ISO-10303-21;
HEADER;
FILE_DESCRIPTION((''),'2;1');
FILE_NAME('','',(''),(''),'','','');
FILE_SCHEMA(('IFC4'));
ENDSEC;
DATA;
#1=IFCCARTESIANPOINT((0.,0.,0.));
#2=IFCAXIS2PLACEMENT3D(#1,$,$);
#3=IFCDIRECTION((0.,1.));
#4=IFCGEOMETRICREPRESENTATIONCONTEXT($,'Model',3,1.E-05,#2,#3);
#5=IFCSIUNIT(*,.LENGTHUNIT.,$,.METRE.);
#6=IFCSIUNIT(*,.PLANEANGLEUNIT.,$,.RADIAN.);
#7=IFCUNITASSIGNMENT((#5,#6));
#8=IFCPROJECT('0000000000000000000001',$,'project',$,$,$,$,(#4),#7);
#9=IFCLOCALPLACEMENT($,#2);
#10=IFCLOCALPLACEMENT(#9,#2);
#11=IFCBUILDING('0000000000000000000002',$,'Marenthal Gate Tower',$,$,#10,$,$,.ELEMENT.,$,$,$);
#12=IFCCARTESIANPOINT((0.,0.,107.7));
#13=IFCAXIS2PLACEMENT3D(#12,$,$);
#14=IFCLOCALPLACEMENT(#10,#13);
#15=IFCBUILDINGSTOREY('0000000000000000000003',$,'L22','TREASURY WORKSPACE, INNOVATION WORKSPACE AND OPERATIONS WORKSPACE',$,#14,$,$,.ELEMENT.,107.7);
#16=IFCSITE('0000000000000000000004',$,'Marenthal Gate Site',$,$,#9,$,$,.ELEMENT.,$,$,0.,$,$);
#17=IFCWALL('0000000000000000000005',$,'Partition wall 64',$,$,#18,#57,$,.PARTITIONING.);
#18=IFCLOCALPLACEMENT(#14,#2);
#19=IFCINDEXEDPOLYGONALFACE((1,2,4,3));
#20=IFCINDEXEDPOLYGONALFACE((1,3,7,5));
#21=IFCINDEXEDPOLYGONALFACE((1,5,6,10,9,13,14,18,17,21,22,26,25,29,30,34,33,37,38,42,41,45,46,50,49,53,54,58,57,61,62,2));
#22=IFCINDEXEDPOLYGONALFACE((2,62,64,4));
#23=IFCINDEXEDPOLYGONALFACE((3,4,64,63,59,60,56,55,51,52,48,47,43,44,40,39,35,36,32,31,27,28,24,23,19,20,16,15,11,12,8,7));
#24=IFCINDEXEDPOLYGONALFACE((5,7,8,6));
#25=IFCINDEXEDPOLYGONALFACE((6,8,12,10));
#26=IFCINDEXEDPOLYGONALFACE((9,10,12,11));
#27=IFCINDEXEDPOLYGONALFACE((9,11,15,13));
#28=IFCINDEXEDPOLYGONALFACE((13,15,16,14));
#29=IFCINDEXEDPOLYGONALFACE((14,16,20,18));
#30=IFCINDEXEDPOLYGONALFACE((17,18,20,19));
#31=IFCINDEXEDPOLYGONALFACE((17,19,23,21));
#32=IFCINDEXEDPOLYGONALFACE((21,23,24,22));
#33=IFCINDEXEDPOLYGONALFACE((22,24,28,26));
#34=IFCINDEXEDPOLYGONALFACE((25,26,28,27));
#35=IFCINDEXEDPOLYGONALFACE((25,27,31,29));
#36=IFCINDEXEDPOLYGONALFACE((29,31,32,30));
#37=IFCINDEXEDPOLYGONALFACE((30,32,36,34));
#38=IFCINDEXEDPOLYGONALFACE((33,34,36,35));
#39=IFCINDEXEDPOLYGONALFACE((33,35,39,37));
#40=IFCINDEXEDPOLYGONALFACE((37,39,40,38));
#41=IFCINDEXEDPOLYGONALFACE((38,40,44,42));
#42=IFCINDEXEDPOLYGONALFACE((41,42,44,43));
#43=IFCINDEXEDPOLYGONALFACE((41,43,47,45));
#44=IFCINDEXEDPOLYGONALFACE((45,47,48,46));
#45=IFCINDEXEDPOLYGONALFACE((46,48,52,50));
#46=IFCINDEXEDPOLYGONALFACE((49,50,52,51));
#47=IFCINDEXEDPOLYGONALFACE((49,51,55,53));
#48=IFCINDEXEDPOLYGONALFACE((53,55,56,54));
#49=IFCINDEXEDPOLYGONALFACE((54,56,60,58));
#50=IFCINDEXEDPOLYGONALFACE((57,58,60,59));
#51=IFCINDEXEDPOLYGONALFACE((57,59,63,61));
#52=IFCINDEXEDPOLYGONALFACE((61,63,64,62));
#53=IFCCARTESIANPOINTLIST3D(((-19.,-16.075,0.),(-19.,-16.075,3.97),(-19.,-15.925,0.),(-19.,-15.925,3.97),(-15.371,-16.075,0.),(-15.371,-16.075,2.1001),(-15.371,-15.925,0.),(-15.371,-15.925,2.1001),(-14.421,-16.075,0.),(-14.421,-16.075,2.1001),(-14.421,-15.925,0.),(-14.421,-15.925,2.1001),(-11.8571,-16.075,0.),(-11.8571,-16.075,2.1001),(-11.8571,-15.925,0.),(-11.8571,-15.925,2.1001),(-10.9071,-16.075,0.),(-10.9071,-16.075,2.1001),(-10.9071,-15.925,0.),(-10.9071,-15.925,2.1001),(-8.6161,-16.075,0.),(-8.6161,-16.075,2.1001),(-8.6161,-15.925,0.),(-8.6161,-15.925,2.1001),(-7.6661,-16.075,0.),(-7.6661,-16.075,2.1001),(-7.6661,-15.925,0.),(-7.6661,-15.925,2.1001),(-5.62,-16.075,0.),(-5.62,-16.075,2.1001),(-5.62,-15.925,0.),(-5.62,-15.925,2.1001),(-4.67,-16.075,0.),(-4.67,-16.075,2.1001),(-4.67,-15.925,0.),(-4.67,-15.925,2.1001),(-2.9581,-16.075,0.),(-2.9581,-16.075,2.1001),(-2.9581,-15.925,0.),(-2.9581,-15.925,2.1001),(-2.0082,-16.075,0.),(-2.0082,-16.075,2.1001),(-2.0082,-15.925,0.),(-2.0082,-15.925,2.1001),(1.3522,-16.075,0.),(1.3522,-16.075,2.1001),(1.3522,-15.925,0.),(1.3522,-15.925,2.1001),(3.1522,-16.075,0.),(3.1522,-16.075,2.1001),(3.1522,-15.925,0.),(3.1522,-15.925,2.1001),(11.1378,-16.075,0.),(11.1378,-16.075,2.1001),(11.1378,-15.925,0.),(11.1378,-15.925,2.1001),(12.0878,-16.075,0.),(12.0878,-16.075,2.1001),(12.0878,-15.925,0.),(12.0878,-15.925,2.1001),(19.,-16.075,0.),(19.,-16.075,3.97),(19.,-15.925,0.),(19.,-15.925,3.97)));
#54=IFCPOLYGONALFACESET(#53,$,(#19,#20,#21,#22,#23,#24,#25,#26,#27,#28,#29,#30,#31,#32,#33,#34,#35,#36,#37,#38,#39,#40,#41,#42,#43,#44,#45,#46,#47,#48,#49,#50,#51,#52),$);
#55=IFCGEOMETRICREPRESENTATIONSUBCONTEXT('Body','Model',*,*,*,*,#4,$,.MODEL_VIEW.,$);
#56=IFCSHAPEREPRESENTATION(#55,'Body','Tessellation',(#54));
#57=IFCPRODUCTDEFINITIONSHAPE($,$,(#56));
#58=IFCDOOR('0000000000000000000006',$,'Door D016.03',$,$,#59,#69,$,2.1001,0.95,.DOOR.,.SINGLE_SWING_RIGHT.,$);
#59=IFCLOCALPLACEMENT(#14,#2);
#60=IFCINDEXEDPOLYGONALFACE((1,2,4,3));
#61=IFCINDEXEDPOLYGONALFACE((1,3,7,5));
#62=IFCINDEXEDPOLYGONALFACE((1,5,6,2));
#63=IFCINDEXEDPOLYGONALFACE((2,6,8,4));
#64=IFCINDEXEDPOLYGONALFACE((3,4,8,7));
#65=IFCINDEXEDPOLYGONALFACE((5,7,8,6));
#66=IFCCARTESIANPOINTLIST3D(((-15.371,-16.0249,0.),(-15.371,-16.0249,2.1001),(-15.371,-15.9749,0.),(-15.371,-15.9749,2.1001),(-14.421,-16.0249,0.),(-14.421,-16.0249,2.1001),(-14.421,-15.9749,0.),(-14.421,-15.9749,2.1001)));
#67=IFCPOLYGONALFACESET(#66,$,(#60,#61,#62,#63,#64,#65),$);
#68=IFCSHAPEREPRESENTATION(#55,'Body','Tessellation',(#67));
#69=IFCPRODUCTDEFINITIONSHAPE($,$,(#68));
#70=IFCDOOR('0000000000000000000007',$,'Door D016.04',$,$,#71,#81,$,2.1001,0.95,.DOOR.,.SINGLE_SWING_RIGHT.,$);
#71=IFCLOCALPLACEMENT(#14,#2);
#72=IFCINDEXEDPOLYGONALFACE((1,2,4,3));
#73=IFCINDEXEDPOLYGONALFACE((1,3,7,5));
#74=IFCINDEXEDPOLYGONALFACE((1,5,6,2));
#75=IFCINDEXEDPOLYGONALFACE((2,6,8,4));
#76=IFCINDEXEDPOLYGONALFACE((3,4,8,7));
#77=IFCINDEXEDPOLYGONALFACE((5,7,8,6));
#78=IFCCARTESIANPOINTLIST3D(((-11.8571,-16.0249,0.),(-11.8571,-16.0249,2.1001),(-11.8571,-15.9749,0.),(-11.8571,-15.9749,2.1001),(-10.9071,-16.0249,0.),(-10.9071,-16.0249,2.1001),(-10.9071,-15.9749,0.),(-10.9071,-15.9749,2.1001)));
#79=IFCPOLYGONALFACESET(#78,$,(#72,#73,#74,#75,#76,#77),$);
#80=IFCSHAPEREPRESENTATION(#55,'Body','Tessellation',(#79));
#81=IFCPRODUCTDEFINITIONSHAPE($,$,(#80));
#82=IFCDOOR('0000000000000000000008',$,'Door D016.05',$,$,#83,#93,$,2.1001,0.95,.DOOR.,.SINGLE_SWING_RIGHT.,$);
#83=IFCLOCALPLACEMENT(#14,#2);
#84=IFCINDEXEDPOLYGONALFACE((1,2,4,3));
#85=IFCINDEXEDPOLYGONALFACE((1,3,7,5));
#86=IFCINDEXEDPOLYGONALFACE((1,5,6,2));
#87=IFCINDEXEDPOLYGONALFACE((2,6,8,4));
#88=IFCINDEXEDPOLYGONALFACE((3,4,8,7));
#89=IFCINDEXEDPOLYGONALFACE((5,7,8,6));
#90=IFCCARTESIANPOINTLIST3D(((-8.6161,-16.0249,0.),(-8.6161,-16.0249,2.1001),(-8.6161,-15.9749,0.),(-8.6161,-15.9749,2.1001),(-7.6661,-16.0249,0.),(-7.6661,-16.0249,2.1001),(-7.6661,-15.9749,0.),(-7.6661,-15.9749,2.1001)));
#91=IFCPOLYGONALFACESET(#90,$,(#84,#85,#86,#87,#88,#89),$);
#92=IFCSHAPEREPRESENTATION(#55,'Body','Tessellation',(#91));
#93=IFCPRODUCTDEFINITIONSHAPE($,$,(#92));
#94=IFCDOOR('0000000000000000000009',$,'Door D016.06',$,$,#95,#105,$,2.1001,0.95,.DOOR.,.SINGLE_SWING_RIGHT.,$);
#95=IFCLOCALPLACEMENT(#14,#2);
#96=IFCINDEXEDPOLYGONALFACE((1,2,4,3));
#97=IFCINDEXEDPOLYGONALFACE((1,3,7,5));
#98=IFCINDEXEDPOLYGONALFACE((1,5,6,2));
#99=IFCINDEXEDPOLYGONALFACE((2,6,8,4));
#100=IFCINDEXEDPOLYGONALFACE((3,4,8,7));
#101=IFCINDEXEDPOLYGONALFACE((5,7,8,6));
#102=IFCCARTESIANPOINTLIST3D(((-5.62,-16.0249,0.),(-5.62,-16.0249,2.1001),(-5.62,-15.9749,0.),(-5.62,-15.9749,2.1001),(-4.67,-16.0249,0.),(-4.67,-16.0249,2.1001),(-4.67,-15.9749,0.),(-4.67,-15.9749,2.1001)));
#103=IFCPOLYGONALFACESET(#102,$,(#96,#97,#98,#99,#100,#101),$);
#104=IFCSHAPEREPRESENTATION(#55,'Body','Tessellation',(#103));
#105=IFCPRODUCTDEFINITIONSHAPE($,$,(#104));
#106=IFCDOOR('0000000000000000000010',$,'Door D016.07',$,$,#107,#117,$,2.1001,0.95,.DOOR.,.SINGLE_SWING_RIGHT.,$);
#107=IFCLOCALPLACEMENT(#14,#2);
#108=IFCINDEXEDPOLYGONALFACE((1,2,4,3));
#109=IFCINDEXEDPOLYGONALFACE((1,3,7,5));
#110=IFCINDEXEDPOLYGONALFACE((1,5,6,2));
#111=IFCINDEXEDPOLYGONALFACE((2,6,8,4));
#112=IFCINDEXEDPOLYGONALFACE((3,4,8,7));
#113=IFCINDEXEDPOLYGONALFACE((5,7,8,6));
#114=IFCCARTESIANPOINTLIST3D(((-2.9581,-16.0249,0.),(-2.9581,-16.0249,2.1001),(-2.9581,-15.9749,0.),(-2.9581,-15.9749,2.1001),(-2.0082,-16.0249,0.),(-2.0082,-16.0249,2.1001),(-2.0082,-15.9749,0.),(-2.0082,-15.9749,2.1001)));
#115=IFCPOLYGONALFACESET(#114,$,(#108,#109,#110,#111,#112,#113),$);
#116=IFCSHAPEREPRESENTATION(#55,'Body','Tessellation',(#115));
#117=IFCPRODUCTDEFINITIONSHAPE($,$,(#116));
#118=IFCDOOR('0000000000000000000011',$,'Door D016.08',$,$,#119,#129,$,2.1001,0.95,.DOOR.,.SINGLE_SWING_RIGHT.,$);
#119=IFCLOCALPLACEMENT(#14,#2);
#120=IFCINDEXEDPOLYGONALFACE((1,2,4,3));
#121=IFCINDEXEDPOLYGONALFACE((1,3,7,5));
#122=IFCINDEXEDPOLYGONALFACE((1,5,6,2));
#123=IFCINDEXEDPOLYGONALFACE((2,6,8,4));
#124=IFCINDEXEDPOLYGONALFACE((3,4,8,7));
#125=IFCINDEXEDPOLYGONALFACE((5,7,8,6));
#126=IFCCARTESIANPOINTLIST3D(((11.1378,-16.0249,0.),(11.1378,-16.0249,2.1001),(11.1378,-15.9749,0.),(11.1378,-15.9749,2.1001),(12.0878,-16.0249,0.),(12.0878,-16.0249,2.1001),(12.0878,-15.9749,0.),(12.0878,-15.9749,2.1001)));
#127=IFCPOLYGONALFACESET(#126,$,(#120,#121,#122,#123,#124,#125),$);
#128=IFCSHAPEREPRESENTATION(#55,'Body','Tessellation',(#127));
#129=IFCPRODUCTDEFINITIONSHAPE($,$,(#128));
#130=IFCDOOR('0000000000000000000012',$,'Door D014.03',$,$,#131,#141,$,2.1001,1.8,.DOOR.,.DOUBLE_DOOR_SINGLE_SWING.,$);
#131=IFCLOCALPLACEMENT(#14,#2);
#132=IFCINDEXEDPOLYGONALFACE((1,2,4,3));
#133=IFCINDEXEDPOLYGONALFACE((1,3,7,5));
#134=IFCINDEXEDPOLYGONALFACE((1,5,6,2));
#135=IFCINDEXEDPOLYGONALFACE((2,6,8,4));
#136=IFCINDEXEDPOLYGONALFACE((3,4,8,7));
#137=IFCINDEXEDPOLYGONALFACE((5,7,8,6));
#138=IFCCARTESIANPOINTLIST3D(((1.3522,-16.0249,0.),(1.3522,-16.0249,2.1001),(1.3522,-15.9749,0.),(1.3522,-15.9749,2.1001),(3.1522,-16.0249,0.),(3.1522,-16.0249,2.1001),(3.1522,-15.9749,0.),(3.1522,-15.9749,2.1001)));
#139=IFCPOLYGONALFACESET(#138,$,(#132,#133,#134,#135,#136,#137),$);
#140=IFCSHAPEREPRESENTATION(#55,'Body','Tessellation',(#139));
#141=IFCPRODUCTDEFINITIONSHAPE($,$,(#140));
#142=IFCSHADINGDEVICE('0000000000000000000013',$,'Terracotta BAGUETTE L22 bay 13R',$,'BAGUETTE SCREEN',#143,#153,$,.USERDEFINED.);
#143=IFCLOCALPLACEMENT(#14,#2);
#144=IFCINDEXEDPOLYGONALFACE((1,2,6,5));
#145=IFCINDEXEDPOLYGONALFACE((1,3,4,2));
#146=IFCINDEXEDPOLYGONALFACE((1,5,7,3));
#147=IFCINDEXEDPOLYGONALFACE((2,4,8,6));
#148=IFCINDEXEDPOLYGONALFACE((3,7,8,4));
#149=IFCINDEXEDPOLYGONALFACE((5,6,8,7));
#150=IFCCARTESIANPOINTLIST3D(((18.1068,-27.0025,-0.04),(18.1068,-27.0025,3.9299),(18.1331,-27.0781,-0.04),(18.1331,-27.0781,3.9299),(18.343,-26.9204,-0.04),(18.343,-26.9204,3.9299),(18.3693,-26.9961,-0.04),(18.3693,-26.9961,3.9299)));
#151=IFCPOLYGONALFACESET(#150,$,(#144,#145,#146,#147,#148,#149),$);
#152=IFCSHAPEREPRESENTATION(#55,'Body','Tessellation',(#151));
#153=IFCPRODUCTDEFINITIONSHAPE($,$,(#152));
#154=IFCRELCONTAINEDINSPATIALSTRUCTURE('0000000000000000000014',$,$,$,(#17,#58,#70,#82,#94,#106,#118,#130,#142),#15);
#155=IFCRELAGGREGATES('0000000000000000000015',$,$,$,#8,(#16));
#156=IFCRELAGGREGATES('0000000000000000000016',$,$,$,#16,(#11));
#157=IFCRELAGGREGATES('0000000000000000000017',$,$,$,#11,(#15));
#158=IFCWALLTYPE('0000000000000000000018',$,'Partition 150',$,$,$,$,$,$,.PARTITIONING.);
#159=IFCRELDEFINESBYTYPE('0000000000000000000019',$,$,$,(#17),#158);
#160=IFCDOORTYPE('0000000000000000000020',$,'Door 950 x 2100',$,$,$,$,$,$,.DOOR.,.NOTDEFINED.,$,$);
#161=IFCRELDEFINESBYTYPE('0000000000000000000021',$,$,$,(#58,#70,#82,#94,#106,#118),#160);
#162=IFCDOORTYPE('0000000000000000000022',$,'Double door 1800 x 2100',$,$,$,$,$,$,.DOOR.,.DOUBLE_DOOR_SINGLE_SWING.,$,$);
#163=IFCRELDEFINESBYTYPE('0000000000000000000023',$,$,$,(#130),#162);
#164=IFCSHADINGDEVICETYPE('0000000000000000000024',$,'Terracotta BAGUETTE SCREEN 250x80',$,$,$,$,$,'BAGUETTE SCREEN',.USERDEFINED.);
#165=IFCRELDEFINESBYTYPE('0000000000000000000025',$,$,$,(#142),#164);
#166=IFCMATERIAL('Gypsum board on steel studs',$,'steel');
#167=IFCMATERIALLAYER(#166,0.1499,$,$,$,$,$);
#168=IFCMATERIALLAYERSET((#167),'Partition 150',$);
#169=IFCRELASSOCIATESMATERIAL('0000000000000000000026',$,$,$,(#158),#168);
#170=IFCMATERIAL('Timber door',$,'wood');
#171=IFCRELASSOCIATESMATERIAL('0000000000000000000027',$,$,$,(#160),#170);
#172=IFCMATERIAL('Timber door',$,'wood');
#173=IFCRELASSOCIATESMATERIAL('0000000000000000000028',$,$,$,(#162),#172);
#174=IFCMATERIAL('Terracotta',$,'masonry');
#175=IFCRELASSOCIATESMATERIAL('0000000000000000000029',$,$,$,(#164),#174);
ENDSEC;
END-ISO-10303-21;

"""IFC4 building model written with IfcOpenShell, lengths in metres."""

from ifc_helpers import new_model, si_unit, direction, frame, frame_2d, origin, origin_2d, place, context, subcontext, project, spatial, rectangle, extrude, material, layer, layer_set, material_profile, profile_set, type_object, element, fill, save


model = new_model("IFC4")

# Units and contexts
model_context = context("Model", 3, precision=1e-05, world=origin(), true_north=direction((0.0, 1.0)))
body_context = subcontext(model_context, "Body", "Model", "MODEL_VIEW")
ifc_project = project(units=[si_unit("LENGTHUNIT", "METRE"), si_unit("PLANEANGLEUNIT", "RADIAN")], contexts=[model_context])

# Site, building, storey
site_placement = place(None, origin())
site = spatial("IfcSite", under=ifc_project, at=site_placement, Name="Marenthal Gate Site", CompositionType="ELEMENT", RefElevation=0.0)
building_placement = place(site_placement, origin())
building = spatial("IfcBuilding", under=site, at=building_placement, Name="Marenthal Gate Tower", CompositionType="ELEMENT")
storey_placement = place(building_placement, frame((0.0, 0.0, 107.7)))
storey = spatial("IfcBuildingStorey", under=building, at=storey_placement, Name="L22", Description="TREASURY WORKSPACE, INNOVATION WORKSPACE AND OPERATIONS WORKSPACE", CompositionType="ELEMENT", Elevation=107.7)

# Wall, openings, doors
ifc_material_1 = material(Name="Gypsum board on steel studs", Category="steel")
ifc_layer_1 = layer(ifc_material_1, 0.1499)
ifc_layer_set_1 = layer_set([ifc_layer_1], Name="Partition 150")
wall_type_1 = type_object("IfcWallType", Name="Partition 150", PredefinedType="PARTITIONING", material=ifc_layer_set_1)
wall_1_placement = place(storey_placement, frame((19.0, -16.0, 0.0), z_axis=(0.0, 0.0, 1.0), x_axis=(-1.0, 0.0, 0.0)))
wall_1 = element("IfcWall", 1, at=wall_1_placement, inside=storey, type_object=wall_type_1, Name="Partition wall 64", PredefinedType="PARTITIONING", context=body_context, shape_type="SweptSolid", body=[
    extrude(rectangle(XDim=38.0, YDim=0.1499, at=frame_2d((19.0, 0.0))), origin(), (0.0, 0.0, 1.0), 3.97),
])
opening_1_placement = place(wall_1_placement, frame((33.4209, 0.0, 0.0)))
opening_1 = element("IfcOpeningElement", 2, at=opening_1_placement, cuts=wall_1, PredefinedType="OPENING", context=body_context, shape_type="SweptSolid", body=[
    extrude(rectangle(XDim=0.95, YDim=2.1001, at=frame_2d((0.4751, 1.05))), frame((0.0, 0.085, 0.0), z_axis=(0.0, -1.0, 0.0), x_axis=(1.0, 0.0, 0.0)), (0.0, 0.0, 1.0), 0.1699),
])
opening_2_placement = place(wall_1_placement, frame((29.907, 0.0, 0.0)))
opening_2 = element("IfcOpeningElement", 3, at=opening_2_placement, cuts=wall_1, PredefinedType="OPENING", context=body_context, shape_type="SweptSolid", body=[
    extrude(rectangle(XDim=0.95, YDim=2.1001, at=frame_2d((0.4751, 1.05))), frame((0.0, 0.085, 0.0), z_axis=(0.0, -1.0, 0.0), x_axis=(1.0, 0.0, 0.0)), (0.0, 0.0, 1.0), 0.1699),
])
opening_3_placement = place(wall_1_placement, frame((26.666, 0.0, 0.0)))
opening_3 = element("IfcOpeningElement", 4, at=opening_3_placement, cuts=wall_1, PredefinedType="OPENING", context=body_context, shape_type="SweptSolid", body=[
    extrude(rectangle(XDim=0.95, YDim=2.1001, at=frame_2d((0.4751, 1.05))), frame((0.0, 0.085, 0.0), z_axis=(0.0, -1.0, 0.0), x_axis=(1.0, 0.0, 0.0)), (0.0, 0.0, 1.0), 0.1699),
])
opening_4_placement = place(wall_1_placement, frame((23.6699, 0.0, 0.0)))
opening_4 = element("IfcOpeningElement", 5, at=opening_4_placement, cuts=wall_1, PredefinedType="OPENING", context=body_context, shape_type="SweptSolid", body=[
    extrude(rectangle(XDim=0.95, YDim=2.1001, at=frame_2d((0.4751, 1.05))), frame((0.0, 0.085, 0.0), z_axis=(0.0, -1.0, 0.0), x_axis=(1.0, 0.0, 0.0)), (0.0, 0.0, 1.0), 0.1699),
])
opening_5_placement = place(wall_1_placement, frame((21.0081, 0.0, 0.0)))
opening_5 = element("IfcOpeningElement", 6, at=opening_5_placement, cuts=wall_1, PredefinedType="OPENING", context=body_context, shape_type="SweptSolid", body=[
    extrude(rectangle(XDim=0.95, YDim=2.1001, at=frame_2d((0.4751, 1.05))), frame((0.0, 0.085, 0.0), z_axis=(0.0, -1.0, 0.0), x_axis=(1.0, 0.0, 0.0)), (0.0, 0.0, 1.0), 0.1699),
])
opening_6_placement = place(wall_1_placement, frame((6.9121, 0.0, 0.0)))
opening_6 = element("IfcOpeningElement", 7, at=opening_6_placement, cuts=wall_1, PredefinedType="OPENING", context=body_context, shape_type="SweptSolid", body=[
    extrude(rectangle(XDim=0.95, YDim=2.1001, at=frame_2d((0.4751, 1.05))), frame((0.0, 0.085, 0.0), z_axis=(0.0, -1.0, 0.0), x_axis=(1.0, 0.0, 0.0)), (0.0, 0.0, 1.0), 0.1699),
])
opening_7_placement = place(wall_1_placement, frame((15.8479, 0.0, 0.0)))
opening_7 = element("IfcOpeningElement", 8, at=opening_7_placement, cuts=wall_1, PredefinedType="OPENING", context=body_context, shape_type="SweptSolid", body=[
    extrude(rectangle(XDim=1.8, YDim=2.1001, at=frame_2d((0.8999, 1.05))), frame((0.0, 0.085, 0.0), z_axis=(0.0, -1.0, 0.0), x_axis=(1.0, 0.0, 0.0)), (0.0, 0.0, 1.0), 0.1699),
])
ifc_material_2 = material(Name="Timber door", Category="wood")
door_type_1 = type_object("IfcDoorType", Name="Door 950 x 2100", OperationType="NOTDEFINED", PredefinedType="DOOR", material=ifc_material_2)
door_1_placement = place(opening_1_placement, origin())
door_1 = element("IfcDoor", 9, at=door_1_placement, inside=storey, type_object=door_type_1, Name="Door D016.03", OperationType="SINGLE_SWING_RIGHT", OverallHeight=2.1001, OverallWidth=0.95, PredefinedType="DOOR", context=body_context, shape_type="SweptSolid", body=[
    extrude(rectangle(XDim=0.95, YDim=2.1001, at=frame_2d((0.4751, 1.05))), frame((0.0, 0.0249, 0.0), z_axis=(0.0, -1.0, 0.0), x_axis=(1.0, 0.0, 0.0)), (0.0, 0.0, 1.0), 0.05),
])
fill(opening_1, door_1)
door_2_placement = place(opening_2_placement, origin())
door_2 = element("IfcDoor", 10, at=door_2_placement, inside=storey, type_object=door_type_1, Name="Door D016.04", OperationType="SINGLE_SWING_RIGHT", OverallHeight=2.1001, OverallWidth=0.95, PredefinedType="DOOR", context=body_context, shape_type="SweptSolid", body=[
    extrude(rectangle(XDim=0.95, YDim=2.1001, at=frame_2d((0.4751, 1.05))), frame((0.0, 0.0249, 0.0), z_axis=(0.0, -1.0, 0.0), x_axis=(1.0, 0.0, 0.0)), (0.0, 0.0, 1.0), 0.05),
])
fill(opening_2, door_2)
door_3_placement = place(opening_3_placement, origin())
door_3 = element("IfcDoor", 11, at=door_3_placement, inside=storey, type_object=door_type_1, Name="Door D016.05", OperationType="SINGLE_SWING_RIGHT", OverallHeight=2.1001, OverallWidth=0.95, PredefinedType="DOOR", context=body_context, shape_type="SweptSolid", body=[
    extrude(rectangle(XDim=0.95, YDim=2.1001, at=frame_2d((0.4751, 1.05))), frame((0.0, 0.0249, 0.0), z_axis=(0.0, -1.0, 0.0), x_axis=(1.0, 0.0, 0.0)), (0.0, 0.0, 1.0), 0.05),
])
fill(opening_3, door_3)
door_4_placement = place(opening_4_placement, origin())
door_4 = element("IfcDoor", 12, at=door_4_placement, inside=storey, type_object=door_type_1, Name="Door D016.06", OperationType="SINGLE_SWING_RIGHT", OverallHeight=2.1001, OverallWidth=0.95, PredefinedType="DOOR", context=body_context, shape_type="SweptSolid", body=[
    extrude(rectangle(XDim=0.95, YDim=2.1001, at=frame_2d((0.4751, 1.05))), frame((0.0, 0.0249, 0.0), z_axis=(0.0, -1.0, 0.0), x_axis=(1.0, 0.0, 0.0)), (0.0, 0.0, 1.0), 0.05),
])
fill(opening_4, door_4)
door_5_placement = place(opening_5_placement, origin())
door_5 = element("IfcDoor", 13, at=door_5_placement, inside=storey, type_object=door_type_1, Name="Door D016.07", OperationType="SINGLE_SWING_RIGHT", OverallHeight=2.1001, OverallWidth=0.95, PredefinedType="DOOR", context=body_context, shape_type="SweptSolid", body=[
    extrude(rectangle(XDim=0.95, YDim=2.1001, at=frame_2d((0.4751, 1.05))), frame((0.0, 0.0249, 0.0), z_axis=(0.0, -1.0, 0.0), x_axis=(1.0, 0.0, 0.0)), (0.0, 0.0, 1.0), 0.05),
])
fill(opening_5, door_5)
door_6_placement = place(opening_6_placement, origin())
door_6 = element("IfcDoor", 14, at=door_6_placement, inside=storey, type_object=door_type_1, Name="Door D016.08", OperationType="SINGLE_SWING_RIGHT", OverallHeight=2.1001, OverallWidth=0.95, PredefinedType="DOOR", context=body_context, shape_type="SweptSolid", body=[
    extrude(rectangle(XDim=0.95, YDim=2.1001, at=frame_2d((0.4751, 1.05))), frame((0.0, 0.0249, 0.0), z_axis=(0.0, -1.0, 0.0), x_axis=(1.0, 0.0, 0.0)), (0.0, 0.0, 1.0), 0.05),
])
fill(opening_6, door_6)
ifc_material_3 = material(Name="Timber door", Category="wood")
door_type_2 = type_object("IfcDoorType", Name="Double door 1800 x 2100", OperationType="DOUBLE_DOOR_SINGLE_SWING", PredefinedType="DOOR", material=ifc_material_3)
door_7_placement = place(opening_7_placement, origin())
door_7 = element("IfcDoor", 15, at=door_7_placement, inside=storey, type_object=door_type_2, Name="Door D014.03", OperationType="DOUBLE_DOOR_SINGLE_SWING", OverallHeight=2.1001, OverallWidth=1.8, PredefinedType="DOOR", context=body_context, shape_type="SweptSolid", body=[
    extrude(rectangle(XDim=1.8, YDim=2.1001, at=frame_2d((0.8999, 1.05))), frame((0.0, 0.0249, 0.0), z_axis=(0.0, -1.0, 0.0), x_axis=(1.0, 0.0, 0.0)), (0.0, 0.0, 1.0), 0.05),
])
fill(opening_7, door_7)

# Shading device
ifc_material_4 = material(Name="Terracotta", Category="masonry")
ifc_material_profile_1 = material_profile(ifc_material_4, rectangle(XDim=0.25, YDim=0.0801, at=origin_2d()), Name="Terracotta baguette 250x80")
ifc_profile_set_1 = profile_set([ifc_material_profile_1], Name="Terracotta")
shading_device_type = type_object("IfcShadingDeviceType", Name="Terracotta BAGUETTE SCREEN 250x80", ElementType="BAGUETTE SCREEN", PredefinedType="USERDEFINED", material=ifc_profile_set_1)
shading_device_placement = place(storey_placement, frame((18.238, -26.9993, -0.04), z_axis=(0.0, 0.0, 1.0), x_axis=(0.944597, 0.328231, 0.0)))
element("IfcShadingDevice", 16, at=shading_device_placement, inside=storey, type_object=shading_device_type, Name="Terracotta BAGUETTE L22 bay 13R", ObjectType="BAGUETTE SCREEN", PredefinedType="USERDEFINED", context=body_context, shape_type="SweptSolid", body=[
    extrude(rectangle(XDim=0.25, YDim=0.0801, at=origin_2d()), origin(), (0.0, 0.0, 1.0), 3.97),
])

save(model, "model.ifc")
